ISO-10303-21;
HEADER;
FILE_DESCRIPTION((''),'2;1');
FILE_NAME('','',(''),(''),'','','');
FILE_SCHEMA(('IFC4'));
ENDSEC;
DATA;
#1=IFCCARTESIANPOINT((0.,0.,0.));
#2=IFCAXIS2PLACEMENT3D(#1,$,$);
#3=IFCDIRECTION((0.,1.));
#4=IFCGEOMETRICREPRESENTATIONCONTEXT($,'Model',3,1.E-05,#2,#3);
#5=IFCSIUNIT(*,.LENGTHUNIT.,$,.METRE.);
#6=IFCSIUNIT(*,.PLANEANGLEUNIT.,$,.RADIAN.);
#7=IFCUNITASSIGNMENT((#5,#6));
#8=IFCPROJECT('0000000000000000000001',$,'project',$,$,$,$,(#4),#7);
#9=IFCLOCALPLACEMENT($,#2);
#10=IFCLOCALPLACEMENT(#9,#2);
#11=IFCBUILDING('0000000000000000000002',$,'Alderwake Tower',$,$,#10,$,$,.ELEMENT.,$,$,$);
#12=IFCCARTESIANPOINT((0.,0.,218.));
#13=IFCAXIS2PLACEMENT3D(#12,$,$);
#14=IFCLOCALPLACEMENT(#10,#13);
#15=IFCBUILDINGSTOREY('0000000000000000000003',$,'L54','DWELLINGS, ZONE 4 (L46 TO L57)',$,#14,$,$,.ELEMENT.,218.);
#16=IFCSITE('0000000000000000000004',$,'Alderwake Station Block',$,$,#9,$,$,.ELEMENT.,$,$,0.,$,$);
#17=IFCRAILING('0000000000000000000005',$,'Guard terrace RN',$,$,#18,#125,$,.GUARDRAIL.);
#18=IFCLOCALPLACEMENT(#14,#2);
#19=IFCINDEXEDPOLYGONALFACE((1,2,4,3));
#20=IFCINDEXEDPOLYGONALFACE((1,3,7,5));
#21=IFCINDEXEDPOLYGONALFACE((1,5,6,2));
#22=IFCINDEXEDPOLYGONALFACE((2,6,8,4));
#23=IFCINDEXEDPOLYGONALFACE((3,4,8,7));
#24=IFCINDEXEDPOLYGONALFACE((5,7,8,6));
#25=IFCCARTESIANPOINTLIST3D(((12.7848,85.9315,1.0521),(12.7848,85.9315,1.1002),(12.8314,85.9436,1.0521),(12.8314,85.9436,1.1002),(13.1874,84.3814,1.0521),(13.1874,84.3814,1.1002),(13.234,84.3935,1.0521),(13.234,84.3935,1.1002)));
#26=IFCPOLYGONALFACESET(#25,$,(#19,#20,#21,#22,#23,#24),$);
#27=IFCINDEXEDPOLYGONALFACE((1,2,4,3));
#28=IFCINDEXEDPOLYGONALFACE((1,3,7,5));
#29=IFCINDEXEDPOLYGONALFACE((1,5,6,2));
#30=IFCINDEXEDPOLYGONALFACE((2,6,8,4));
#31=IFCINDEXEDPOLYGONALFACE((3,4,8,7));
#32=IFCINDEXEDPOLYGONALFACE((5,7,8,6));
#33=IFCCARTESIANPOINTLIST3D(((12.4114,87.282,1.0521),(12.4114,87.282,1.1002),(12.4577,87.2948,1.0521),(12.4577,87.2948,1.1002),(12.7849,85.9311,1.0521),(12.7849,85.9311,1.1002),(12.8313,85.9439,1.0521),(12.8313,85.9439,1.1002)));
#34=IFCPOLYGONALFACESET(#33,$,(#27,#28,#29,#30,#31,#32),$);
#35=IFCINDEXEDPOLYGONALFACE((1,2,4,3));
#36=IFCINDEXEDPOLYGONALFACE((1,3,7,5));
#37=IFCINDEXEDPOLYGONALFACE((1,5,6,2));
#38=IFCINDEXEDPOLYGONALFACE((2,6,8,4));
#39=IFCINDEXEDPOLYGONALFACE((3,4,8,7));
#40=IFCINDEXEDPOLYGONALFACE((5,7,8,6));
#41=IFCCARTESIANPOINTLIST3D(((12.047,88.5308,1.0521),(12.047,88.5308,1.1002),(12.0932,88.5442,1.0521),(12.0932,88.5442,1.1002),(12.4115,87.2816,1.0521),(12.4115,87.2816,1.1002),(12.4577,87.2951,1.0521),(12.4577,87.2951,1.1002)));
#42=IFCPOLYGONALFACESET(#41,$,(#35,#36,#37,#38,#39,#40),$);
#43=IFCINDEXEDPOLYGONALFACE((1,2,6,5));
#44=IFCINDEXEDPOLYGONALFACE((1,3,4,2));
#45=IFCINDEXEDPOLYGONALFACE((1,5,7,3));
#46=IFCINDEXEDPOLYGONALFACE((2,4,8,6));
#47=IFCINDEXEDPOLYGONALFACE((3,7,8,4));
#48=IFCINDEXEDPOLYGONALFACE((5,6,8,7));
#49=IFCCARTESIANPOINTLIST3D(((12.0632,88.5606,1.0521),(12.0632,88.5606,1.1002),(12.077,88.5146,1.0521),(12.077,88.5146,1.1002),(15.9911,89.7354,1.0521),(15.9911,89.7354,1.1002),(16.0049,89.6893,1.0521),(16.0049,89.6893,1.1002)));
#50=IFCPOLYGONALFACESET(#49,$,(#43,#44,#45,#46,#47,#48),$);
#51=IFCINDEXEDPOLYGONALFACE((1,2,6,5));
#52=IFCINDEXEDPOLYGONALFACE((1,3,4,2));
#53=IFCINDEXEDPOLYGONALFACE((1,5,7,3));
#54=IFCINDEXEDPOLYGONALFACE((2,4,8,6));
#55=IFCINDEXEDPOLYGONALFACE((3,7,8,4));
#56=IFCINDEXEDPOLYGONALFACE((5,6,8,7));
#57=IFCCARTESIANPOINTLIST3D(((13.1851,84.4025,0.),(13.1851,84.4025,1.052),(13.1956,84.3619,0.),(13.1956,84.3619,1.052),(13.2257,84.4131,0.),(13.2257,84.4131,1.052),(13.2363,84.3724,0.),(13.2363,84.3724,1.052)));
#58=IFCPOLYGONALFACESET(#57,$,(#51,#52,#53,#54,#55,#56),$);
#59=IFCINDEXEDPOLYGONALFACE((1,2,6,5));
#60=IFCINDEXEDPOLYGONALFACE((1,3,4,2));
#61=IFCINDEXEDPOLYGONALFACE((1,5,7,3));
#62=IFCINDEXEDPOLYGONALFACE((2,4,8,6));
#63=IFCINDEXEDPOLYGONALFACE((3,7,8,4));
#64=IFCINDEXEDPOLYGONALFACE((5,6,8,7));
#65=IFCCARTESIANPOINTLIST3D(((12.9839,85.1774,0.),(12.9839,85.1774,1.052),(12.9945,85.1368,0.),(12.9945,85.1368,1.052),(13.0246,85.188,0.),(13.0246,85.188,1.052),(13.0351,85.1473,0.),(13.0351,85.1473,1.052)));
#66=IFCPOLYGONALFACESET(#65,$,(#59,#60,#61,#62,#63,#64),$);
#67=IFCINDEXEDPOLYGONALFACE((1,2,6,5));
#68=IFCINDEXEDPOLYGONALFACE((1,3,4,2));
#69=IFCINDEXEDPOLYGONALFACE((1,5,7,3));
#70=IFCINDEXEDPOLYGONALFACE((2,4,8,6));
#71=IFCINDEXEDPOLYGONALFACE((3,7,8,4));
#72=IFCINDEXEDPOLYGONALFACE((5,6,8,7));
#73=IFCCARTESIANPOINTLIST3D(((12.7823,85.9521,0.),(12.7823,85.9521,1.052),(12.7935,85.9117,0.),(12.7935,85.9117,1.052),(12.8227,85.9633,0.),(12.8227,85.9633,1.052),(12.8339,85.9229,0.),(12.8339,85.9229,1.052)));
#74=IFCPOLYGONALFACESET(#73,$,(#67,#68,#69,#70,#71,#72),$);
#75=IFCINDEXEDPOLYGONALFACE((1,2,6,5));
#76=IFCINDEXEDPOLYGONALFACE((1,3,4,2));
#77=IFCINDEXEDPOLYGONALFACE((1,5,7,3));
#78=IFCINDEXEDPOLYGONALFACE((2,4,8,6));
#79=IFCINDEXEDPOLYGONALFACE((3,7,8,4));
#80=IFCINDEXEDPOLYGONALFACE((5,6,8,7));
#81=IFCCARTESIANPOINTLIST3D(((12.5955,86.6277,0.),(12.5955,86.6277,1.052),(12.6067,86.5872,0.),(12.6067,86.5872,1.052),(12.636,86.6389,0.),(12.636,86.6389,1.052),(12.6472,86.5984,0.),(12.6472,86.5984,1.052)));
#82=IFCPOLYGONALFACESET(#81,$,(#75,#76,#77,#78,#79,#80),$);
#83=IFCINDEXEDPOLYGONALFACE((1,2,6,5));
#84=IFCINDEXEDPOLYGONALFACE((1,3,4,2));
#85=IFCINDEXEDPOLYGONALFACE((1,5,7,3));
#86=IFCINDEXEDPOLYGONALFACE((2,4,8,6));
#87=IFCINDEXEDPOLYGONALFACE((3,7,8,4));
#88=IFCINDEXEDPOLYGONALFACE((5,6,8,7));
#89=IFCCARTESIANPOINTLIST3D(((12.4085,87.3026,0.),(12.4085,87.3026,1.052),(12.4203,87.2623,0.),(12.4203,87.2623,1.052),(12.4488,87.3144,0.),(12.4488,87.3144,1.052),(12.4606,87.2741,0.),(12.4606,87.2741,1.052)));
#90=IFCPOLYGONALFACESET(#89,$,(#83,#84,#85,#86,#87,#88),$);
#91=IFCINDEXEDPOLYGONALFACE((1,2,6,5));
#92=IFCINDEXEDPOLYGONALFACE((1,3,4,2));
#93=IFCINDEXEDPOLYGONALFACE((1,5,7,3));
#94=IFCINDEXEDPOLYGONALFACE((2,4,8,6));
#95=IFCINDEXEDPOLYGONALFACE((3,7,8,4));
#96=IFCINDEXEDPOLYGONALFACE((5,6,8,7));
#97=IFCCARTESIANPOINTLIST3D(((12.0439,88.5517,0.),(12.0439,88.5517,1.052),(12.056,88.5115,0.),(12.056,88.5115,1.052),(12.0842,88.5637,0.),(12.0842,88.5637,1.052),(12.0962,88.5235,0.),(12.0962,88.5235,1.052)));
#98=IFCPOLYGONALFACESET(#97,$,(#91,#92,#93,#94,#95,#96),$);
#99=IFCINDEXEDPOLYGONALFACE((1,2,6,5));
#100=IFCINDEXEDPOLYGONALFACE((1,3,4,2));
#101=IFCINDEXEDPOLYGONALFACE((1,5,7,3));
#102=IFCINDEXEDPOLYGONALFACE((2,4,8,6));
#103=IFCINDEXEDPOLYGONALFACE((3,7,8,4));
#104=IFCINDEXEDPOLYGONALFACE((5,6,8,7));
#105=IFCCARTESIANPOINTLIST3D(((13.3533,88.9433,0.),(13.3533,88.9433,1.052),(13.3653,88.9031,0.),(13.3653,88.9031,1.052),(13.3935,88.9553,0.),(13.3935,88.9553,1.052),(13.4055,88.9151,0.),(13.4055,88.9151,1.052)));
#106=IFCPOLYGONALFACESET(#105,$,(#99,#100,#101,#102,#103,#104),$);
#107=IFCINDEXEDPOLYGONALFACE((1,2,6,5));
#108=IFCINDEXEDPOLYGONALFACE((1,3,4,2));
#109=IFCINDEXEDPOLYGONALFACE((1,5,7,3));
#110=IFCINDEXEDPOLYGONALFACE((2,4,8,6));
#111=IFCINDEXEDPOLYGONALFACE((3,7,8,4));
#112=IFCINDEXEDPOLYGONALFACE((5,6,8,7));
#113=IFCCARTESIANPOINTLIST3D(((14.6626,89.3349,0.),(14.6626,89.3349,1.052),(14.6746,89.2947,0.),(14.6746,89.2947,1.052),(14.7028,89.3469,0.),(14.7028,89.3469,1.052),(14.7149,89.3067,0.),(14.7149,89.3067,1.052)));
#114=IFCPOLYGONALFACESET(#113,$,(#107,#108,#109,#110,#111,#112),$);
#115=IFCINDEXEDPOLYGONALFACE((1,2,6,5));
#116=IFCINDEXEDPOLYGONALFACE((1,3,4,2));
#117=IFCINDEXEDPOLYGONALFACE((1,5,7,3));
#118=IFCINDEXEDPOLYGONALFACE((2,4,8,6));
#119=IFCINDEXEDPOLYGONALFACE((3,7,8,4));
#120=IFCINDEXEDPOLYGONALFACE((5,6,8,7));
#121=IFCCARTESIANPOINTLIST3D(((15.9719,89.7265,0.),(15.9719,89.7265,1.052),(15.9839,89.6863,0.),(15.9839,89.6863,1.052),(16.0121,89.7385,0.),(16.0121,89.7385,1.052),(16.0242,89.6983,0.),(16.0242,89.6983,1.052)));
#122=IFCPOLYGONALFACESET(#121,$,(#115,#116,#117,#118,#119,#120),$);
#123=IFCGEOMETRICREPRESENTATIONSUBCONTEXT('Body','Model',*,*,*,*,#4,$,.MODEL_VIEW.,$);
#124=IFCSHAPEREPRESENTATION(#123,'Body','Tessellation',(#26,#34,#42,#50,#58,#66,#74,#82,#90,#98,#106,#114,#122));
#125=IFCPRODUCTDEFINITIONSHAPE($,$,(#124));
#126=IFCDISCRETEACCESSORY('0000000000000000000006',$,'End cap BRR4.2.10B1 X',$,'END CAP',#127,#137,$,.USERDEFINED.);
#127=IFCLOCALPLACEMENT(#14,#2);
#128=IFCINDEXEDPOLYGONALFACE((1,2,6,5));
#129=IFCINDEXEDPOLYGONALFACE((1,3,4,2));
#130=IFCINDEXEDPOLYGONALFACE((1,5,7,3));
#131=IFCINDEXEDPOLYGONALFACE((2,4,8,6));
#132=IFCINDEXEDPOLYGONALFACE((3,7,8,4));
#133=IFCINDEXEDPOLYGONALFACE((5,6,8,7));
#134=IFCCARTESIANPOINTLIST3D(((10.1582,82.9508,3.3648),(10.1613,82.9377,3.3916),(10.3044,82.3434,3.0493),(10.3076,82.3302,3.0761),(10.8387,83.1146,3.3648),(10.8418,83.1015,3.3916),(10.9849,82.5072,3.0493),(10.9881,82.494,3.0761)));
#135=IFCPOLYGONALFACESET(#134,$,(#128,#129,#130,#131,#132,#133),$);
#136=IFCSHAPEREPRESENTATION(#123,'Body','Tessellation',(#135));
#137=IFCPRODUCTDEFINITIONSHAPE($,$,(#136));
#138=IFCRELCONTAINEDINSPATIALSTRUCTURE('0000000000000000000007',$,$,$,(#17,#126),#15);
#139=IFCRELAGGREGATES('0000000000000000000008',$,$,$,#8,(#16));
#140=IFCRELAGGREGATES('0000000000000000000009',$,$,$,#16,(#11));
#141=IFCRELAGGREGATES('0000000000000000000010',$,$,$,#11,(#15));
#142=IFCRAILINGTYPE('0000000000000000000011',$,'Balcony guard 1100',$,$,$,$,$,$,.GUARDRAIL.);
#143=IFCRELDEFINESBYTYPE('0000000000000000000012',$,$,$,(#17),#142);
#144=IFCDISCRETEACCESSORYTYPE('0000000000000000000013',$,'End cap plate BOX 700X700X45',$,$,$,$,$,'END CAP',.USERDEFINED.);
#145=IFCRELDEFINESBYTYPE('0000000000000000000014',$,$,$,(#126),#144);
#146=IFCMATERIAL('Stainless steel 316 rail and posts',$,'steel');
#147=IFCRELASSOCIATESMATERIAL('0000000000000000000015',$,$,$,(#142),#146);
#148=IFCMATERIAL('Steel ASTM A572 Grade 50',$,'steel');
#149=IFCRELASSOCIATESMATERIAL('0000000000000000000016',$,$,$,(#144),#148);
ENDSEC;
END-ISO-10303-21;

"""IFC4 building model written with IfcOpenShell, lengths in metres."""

from ifc_helpers import new_model, si_unit, direction, frame, origin, origin_2d, place, context, subcontext, project, spatial, rectangle, extrude, material, material_profile, profile_set, type_object, element, save


model = new_model("IFC4")

# Units and contexts
model_context = context("Model", 3, precision=1e-05, world=origin(), true_north=direction((0.0, 1.0)))
body_context = subcontext(model_context, "Body", "Model", "MODEL_VIEW")
ifc_project = project(units=[si_unit("LENGTHUNIT", "METRE"), si_unit("PLANEANGLEUNIT", "RADIAN")], contexts=[model_context])

# Site, building, storey
site_placement = place(None, origin())
site = spatial("IfcSite", under=ifc_project, at=site_placement, Name="Alderwake Station Block", CompositionType="ELEMENT", RefElevation=0.0)
building_placement = place(site_placement, origin())
building = spatial("IfcBuilding", under=site, at=building_placement, Name="Alderwake Tower", CompositionType="ELEMENT")
storey_placement = place(building_placement, frame((0.0, 0.0, 218.0)))
storey = spatial("IfcBuildingStorey", under=building, at=storey_placement, Name="L54", Description="DWELLINGS, ZONE 4 (L46 TO L57)", CompositionType="ELEMENT", Elevation=218.0)

# Railing
ifc_material_1 = material(Name="Stainless steel 316 rail and posts", Category="steel")
railing_type = type_object("IfcRailingType", Name="Balcony guard 1100", PredefinedType="GUARDRAIL", material=ifc_material_1)
railing_placement = place(storey_placement, frame((13.2107, 84.3875, 0.0)))
element("IfcRailing", 1, at=railing_placement, inside=storey, type_object=railing_type, Name="Guard terrace RN", PredefinedType="GUARDRAIL", context=body_context, shape_type="SweptSolid", body=[
    extrude(rectangle(XDim=0.0481, YDim=0.0481, at=origin_2d()), frame((0.0, 0.0, 1.0762), z_axis=(-0.251385, 0.967887, 0.0), x_axis=(-0.967887, -0.251385, 0.0)), (0.0, 0.0, 1.0), 1.6016),
    extrude(rectangle(XDim=0.0481, YDim=0.0481, at=origin_2d()), frame((-0.4026, 1.55, 1.0762), z_axis=(-0.266521, 0.963829, 0.0), x_axis=(-0.963829, -0.266521, 0.0)), (0.0, 0.0, 1.0), 1.4016),
    extrude(rectangle(XDim=0.0481, YDim=0.0481, at=origin_2d()), frame((-0.7761, 2.9009, 1.0762), z_axis=(-0.280094, 0.959973, 0.0), x_axis=(-0.959973, -0.280094, 0.0)), (0.0, 0.0, 1.0), 1.3013),
    extrude(rectangle(XDim=0.0481, YDim=0.0481, at=origin_2d()), frame((-1.1406, 4.1501, 1.0762), z_axis=(0.958067, 0.286545, 0.0), x_axis=(-0.286545, 0.958067, 0.0)), (0.0, 0.0, 1.0), 4.0999),
    extrude(rectangle(XDim=0.042, YDim=0.042, at=origin_2d()), frame((0.0, 0.0, 0.0), z_axis=(0.0, 0.0, 1.0), x_axis=(-0.251385, 0.967887, 0.0)), (0.0, 0.0, 1.0), 1.052),
    extrude(rectangle(XDim=0.042, YDim=0.042, at=origin_2d()), frame((-0.2012, 0.7749, 0.0), z_axis=(0.0, 0.0, 1.0), x_axis=(-0.251385, 0.967887, 0.0)), (0.0, 0.0, 1.0), 1.052),
    extrude(rectangle(XDim=0.042, YDim=0.042, at=origin_2d()), frame((-0.4026, 1.55, 0.0), z_axis=(0.0, 0.0, 1.0), x_axis=(-0.266521, 0.963829, 0.0)), (0.0, 0.0, 1.0), 1.052),
    extrude(rectangle(XDim=0.042, YDim=0.042, at=origin_2d()), frame((-0.5894, 2.2256, 0.0), z_axis=(0.0, 0.0, 1.0), x_axis=(-0.266521, 0.963829, 0.0)), (0.0, 0.0, 1.0), 1.052),
    extrude(rectangle(XDim=0.042, YDim=0.042, at=origin_2d()), frame((-0.7761, 2.9009, 0.0), z_axis=(0.0, 0.0, 1.0), x_axis=(-0.280094, 0.959973, 0.0)), (0.0, 0.0, 1.0), 1.052),
    extrude(rectangle(XDim=0.042, YDim=0.042, at=origin_2d()), frame((-1.1406, 4.1501, 0.0), z_axis=(0.0, 0.0, 1.0), x_axis=(0.958067, 0.286545, 0.0)), (0.0, 0.0, 1.0), 1.052),
    extrude(rectangle(XDim=0.042, YDim=0.042, at=origin_2d()), frame((0.1687, 4.5417, 0.0), z_axis=(0.0, 0.0, 1.0), x_axis=(0.958067, 0.286545, 0.0)), (0.0, 0.0, 1.0), 1.052),
    extrude(rectangle(XDim=0.042, YDim=0.042, at=origin_2d()), frame((1.478, 4.9333, 0.0), z_axis=(0.0, 0.0, 1.0), x_axis=(0.958067, 0.286545, 0.0)), (0.0, 0.0, 1.0), 1.052),
    extrude(rectangle(XDim=0.042, YDim=0.042, at=origin_2d()), frame((2.7874, 5.325, 0.0), z_axis=(0.0, 0.0, 1.0), x_axis=(0.958067, 0.286545, 0.0)), (0.0, 0.0, 1.0), 1.052),
])

# Discrete accessory
ifc_material_2 = material(Name="Steel ASTM A572 Grade 50", Category="steel")
ifc_material_profile_1 = material_profile(ifc_material_2, rectangle(XDim=0.7, YDim=0.7, at=origin_2d()), Name="BOX 700X700X45 cap")
ifc_profile_set_1 = profile_set([ifc_material_profile_1], Name="Steel ASTM A572 Grade 50")
discrete_accessory_type = type_object("IfcDiscreteAccessoryType", Name="End cap plate BOX 700X700X45", ElementType="END CAP", PredefinedType="USERDEFINED", material=ifc_profile_set_1)
discrete_accessory_placement = place(storey_placement, frame((10.5715, 82.729, 3.207), z_axis=(0.105496, -0.438214, 0.892658), x_axis=(0.972224, 0.234054, 0.0)))
element("IfcDiscreteAccessory", 2, at=discrete_accessory_placement, inside=storey, type_object=discrete_accessory_type, Name="End cap BRR4.2.10B1 X", ObjectType="END CAP", PredefinedType="USERDEFINED", context=body_context, shape_type="SweptSolid", body=[
    extrude(rectangle(XDim=0.7, YDim=0.7, at=origin_2d()), origin(), (0.0, 0.0, 1.0), 0.03),
])

save(model, "model.ifc")
